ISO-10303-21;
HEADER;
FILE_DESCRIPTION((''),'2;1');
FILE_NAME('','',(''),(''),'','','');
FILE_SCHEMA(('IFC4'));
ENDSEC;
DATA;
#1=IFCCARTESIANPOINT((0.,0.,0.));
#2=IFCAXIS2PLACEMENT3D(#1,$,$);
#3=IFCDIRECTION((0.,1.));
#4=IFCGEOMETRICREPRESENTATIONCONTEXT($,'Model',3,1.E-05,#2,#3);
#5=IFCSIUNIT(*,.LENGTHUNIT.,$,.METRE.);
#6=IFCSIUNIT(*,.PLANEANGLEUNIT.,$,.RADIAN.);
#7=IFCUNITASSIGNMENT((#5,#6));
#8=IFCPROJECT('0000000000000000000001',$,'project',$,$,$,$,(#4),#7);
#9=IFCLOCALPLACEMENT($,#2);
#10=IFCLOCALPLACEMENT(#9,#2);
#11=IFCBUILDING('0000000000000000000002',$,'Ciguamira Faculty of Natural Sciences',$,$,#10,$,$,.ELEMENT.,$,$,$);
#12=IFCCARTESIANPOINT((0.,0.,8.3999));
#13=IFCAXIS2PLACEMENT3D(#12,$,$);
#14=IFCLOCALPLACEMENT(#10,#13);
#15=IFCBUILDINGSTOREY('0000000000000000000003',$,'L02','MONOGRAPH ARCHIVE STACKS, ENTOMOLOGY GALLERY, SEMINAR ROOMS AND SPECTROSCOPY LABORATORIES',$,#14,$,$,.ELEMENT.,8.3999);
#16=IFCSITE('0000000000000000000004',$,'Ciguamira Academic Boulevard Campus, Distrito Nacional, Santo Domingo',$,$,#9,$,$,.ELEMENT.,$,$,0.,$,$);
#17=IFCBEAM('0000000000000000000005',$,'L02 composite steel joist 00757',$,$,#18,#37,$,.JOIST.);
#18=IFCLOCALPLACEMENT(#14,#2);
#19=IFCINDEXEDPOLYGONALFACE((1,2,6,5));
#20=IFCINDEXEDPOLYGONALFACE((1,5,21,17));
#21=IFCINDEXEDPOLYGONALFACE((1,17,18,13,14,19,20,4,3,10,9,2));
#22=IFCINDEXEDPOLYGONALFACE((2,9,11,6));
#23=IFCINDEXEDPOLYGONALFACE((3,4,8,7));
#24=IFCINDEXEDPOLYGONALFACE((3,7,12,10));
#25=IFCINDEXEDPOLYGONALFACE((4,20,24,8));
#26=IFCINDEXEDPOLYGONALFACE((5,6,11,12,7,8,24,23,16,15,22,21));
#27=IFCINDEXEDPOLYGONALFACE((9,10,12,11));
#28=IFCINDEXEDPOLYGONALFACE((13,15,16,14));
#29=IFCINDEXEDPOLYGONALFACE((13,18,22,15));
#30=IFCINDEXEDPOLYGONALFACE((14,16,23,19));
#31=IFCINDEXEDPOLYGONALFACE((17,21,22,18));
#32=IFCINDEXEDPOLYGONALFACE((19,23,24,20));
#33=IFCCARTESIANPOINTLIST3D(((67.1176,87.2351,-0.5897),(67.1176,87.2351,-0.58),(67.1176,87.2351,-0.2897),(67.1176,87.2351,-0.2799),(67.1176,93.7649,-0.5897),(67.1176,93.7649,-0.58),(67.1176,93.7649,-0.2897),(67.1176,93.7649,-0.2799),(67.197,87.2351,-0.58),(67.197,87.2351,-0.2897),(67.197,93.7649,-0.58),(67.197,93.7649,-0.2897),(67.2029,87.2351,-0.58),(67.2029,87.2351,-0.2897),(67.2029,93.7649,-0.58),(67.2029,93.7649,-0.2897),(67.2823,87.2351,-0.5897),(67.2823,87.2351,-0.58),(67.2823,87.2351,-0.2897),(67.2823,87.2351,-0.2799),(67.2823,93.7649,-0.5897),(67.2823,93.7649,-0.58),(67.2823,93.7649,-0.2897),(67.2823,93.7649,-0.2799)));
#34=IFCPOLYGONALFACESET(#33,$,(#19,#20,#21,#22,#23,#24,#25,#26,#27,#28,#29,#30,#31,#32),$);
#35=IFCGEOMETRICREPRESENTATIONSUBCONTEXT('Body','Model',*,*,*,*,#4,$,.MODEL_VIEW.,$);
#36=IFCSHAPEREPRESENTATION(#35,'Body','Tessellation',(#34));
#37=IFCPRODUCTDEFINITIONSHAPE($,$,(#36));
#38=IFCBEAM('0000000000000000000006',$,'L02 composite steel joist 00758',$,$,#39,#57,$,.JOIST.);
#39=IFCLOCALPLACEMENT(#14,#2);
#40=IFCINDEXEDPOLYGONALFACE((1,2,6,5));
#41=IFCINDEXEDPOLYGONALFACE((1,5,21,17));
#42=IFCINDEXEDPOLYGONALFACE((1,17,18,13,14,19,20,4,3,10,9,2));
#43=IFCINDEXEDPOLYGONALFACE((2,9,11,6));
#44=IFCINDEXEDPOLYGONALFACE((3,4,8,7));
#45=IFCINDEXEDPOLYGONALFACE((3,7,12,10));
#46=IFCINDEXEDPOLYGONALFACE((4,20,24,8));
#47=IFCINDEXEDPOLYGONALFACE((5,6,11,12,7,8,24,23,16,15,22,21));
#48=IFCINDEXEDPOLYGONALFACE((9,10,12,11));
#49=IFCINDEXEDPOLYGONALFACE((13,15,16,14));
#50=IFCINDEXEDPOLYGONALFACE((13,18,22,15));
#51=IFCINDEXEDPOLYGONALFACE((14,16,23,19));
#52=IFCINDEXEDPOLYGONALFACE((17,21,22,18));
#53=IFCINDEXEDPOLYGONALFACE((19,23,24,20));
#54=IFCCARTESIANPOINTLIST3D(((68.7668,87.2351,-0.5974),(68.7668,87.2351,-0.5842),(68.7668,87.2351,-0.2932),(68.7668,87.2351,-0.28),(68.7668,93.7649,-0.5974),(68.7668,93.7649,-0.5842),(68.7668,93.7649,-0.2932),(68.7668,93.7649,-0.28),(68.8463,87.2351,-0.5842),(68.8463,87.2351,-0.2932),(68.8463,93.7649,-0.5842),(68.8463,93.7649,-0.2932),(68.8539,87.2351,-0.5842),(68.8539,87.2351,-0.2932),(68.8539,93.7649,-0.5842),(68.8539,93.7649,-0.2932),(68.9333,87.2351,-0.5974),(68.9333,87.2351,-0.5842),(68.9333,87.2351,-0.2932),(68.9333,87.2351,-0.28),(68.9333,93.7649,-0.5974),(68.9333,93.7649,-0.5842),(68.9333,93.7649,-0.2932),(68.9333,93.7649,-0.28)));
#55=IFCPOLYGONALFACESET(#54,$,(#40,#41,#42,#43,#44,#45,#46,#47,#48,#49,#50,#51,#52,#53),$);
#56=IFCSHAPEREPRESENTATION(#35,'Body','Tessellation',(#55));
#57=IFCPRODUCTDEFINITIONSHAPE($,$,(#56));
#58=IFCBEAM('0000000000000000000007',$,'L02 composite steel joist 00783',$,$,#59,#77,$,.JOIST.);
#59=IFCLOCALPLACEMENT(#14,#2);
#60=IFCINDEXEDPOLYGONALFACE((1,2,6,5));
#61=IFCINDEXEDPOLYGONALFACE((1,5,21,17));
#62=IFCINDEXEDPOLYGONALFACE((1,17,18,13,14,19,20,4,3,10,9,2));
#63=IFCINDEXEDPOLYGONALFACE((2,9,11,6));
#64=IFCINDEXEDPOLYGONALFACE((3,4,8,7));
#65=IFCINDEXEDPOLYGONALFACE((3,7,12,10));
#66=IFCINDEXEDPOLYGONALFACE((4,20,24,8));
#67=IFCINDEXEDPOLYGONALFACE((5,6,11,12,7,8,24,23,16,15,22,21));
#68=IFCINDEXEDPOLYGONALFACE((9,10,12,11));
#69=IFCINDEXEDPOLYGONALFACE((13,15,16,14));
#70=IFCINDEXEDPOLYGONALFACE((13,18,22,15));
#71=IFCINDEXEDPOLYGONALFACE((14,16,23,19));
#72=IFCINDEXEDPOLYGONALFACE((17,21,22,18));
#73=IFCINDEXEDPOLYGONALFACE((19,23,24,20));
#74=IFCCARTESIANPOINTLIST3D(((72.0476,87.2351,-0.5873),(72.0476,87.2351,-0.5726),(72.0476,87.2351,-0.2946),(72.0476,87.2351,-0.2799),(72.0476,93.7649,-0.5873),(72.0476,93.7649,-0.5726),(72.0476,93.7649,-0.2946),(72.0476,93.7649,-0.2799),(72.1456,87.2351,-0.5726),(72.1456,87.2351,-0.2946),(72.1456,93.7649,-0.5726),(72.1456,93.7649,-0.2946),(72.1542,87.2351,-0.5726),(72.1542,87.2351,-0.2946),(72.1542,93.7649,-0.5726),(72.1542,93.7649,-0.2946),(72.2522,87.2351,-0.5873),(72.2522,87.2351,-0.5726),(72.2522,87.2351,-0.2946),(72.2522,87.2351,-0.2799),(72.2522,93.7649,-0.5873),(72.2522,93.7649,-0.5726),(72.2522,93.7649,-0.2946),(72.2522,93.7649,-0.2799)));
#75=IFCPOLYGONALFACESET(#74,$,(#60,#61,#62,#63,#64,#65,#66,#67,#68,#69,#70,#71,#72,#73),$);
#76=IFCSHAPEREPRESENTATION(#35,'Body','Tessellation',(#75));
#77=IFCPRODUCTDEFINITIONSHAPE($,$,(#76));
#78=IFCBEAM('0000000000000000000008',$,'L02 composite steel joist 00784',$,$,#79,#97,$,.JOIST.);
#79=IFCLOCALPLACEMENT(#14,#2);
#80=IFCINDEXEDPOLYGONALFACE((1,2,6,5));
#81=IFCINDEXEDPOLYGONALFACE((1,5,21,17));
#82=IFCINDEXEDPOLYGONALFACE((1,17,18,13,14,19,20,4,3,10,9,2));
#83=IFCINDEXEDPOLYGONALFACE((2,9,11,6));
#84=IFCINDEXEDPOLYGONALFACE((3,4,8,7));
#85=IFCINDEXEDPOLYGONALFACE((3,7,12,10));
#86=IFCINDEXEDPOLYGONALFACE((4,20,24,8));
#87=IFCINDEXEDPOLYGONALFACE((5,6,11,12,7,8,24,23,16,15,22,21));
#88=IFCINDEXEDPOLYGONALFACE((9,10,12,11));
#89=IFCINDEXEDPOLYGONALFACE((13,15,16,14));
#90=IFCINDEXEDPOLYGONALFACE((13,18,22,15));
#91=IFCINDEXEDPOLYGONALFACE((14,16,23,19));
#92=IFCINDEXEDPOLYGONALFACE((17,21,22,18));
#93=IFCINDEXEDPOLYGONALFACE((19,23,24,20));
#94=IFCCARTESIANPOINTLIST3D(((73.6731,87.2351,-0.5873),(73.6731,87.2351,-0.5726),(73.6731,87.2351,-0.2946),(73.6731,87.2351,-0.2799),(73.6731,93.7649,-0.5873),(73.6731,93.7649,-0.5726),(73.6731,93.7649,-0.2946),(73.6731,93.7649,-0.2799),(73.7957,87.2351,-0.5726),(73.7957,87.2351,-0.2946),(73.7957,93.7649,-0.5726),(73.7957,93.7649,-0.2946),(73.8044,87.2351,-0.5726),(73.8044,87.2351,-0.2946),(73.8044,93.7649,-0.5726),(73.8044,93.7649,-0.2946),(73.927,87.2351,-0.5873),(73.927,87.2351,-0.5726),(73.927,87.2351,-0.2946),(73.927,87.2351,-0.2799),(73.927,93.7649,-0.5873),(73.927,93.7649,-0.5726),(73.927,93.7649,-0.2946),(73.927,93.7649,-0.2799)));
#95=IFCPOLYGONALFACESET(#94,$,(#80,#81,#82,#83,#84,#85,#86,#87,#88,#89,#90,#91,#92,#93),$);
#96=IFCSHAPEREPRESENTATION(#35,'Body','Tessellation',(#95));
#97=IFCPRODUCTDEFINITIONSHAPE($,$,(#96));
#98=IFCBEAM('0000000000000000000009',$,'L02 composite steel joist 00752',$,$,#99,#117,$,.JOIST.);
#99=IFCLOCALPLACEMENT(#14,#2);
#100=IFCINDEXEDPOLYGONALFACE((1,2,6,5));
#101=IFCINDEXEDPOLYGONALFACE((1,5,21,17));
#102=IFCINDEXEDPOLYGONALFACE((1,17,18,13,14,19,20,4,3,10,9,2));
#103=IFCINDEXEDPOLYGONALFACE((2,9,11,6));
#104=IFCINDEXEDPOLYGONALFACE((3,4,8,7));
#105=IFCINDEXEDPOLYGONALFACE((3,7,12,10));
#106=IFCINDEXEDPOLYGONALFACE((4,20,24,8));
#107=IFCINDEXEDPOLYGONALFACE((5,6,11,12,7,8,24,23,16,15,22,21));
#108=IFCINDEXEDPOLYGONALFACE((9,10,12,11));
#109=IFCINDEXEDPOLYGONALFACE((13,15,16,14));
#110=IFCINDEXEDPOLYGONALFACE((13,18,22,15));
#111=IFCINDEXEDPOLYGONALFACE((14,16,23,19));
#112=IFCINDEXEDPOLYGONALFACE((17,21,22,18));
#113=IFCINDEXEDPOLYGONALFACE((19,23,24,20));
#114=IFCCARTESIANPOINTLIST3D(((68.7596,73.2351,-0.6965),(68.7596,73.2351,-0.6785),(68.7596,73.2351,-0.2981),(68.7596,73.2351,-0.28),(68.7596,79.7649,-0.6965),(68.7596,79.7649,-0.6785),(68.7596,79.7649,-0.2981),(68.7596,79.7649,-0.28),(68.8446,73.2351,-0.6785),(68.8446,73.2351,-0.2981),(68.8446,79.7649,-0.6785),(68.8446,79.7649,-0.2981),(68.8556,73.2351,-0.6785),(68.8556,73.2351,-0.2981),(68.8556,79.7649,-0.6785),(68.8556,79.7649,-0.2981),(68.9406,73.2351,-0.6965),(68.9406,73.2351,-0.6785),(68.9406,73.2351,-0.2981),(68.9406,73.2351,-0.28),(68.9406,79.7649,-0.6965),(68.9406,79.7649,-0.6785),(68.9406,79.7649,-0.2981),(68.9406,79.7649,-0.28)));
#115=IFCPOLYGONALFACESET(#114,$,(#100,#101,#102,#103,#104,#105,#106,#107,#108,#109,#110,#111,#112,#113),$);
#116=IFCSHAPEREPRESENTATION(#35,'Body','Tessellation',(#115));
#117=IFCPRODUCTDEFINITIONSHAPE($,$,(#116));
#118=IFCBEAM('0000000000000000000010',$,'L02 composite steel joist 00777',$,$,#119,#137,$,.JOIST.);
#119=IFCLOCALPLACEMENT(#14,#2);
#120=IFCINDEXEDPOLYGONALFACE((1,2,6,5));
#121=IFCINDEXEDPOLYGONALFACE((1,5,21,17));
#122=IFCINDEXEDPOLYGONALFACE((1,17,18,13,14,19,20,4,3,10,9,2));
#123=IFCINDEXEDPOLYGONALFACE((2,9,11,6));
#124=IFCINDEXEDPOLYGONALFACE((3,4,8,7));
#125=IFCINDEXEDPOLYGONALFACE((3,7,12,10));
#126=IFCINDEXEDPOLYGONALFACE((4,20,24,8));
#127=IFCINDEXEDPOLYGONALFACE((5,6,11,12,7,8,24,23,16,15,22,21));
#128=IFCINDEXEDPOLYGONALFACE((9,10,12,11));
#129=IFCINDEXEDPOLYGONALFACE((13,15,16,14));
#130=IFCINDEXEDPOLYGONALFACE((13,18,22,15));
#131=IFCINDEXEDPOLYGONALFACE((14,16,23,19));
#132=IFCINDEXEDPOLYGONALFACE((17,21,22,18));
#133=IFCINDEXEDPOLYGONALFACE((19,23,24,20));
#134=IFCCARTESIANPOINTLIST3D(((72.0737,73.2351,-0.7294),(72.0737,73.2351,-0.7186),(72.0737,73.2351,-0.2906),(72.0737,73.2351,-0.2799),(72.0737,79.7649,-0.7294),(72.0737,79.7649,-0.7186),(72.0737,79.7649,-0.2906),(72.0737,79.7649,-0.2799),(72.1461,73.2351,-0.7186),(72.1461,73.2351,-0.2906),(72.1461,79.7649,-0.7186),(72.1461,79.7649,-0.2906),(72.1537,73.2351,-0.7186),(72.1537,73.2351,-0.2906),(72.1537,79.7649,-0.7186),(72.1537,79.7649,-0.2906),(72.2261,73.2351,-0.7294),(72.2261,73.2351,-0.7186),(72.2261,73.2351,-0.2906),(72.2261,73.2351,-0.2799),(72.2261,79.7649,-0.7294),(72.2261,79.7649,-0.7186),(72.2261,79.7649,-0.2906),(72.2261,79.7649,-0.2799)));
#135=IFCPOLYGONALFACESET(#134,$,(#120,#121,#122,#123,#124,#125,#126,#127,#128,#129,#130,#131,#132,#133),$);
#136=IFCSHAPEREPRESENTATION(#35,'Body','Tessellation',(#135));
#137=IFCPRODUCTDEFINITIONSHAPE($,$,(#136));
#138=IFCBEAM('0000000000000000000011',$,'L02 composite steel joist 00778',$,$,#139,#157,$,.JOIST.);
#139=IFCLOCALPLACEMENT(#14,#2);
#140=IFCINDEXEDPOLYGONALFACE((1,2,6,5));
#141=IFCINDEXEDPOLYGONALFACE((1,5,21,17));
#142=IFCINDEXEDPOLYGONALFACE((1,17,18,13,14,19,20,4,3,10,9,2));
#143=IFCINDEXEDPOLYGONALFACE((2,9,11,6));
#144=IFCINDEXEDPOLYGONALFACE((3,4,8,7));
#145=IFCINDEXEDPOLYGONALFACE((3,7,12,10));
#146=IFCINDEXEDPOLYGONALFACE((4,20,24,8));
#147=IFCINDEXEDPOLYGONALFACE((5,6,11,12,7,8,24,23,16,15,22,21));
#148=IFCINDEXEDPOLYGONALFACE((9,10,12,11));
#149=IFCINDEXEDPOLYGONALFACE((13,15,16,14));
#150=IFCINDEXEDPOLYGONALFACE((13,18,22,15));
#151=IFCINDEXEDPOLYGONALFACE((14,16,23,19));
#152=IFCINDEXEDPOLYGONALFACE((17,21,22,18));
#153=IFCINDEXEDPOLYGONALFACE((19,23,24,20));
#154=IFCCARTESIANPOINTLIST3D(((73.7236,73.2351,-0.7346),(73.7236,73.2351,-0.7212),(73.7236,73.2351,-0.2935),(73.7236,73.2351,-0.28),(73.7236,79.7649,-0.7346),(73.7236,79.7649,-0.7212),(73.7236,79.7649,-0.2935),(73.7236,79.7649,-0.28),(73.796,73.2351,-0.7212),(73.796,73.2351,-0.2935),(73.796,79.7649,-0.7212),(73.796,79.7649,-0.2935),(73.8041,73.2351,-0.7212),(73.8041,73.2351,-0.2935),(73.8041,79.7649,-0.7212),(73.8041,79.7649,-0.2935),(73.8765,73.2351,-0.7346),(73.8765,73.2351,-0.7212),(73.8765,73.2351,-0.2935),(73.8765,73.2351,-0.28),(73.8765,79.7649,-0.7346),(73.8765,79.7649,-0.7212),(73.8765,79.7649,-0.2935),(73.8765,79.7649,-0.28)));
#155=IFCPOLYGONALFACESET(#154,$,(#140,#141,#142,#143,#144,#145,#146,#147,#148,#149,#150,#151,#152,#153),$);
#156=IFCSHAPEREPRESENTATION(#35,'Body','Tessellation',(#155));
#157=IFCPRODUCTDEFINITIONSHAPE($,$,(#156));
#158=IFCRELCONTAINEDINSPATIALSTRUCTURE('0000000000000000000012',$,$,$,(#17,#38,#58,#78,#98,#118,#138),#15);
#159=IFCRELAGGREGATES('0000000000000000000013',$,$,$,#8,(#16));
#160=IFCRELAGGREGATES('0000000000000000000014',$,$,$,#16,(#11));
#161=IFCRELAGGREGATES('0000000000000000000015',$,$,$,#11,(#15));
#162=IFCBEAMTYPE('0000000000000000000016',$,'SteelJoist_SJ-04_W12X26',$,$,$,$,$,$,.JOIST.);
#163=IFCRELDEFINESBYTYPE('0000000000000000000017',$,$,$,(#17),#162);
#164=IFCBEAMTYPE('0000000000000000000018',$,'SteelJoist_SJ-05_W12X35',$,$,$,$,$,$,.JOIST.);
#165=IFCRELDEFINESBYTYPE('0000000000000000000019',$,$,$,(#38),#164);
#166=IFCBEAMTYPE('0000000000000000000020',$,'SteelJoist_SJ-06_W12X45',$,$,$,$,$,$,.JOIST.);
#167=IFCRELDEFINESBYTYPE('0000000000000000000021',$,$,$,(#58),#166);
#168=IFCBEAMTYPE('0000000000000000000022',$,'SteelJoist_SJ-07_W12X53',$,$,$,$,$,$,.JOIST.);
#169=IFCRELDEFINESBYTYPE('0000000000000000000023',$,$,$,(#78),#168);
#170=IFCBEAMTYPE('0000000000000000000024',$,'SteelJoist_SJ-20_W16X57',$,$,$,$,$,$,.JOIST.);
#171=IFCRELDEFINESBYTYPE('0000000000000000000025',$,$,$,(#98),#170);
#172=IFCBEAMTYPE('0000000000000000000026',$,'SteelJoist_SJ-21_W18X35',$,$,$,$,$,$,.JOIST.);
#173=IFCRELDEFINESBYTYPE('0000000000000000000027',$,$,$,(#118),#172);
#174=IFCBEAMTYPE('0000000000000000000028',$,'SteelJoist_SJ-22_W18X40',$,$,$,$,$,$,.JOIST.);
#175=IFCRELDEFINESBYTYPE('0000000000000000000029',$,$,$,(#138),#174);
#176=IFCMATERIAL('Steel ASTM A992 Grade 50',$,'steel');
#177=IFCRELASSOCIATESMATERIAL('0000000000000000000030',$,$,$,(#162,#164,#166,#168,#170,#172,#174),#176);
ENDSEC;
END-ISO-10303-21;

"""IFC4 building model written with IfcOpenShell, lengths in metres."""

from ifc_helpers import new_model, si_unit, direction, frame, origin, origin_2d, place, context, subcontext, project, spatial, i_section, extrude, material, material_profile, profile_set, type_object, element, save


model = new_model("IFC4")

# Units and contexts
model_context = context("Model", 3, precision=1e-05, world=origin(), true_north=direction((0.0, 1.0)))
body_context = subcontext(model_context, "Body", "Model", "MODEL_VIEW")
ifc_project = project(units=[si_unit("LENGTHUNIT", "METRE"), si_unit("PLANEANGLEUNIT", "RADIAN")], contexts=[model_context])

# Site, building, storey
site_placement = place(None, origin())
site = spatial("IfcSite", under=ifc_project, at=site_placement, Name="Ciguamira Academic Boulevard Campus, Distrito Nacional, Santo Domingo", CompositionType="ELEMENT", RefElevation=0.0)
building_placement = place(site_placement, origin())
building = spatial("IfcBuilding", under=site, at=building_placement, Name="Ciguamira Faculty of Natural Sciences", CompositionType="ELEMENT")
storey_placement = place(building_placement, frame((0.0, 0.0, 8.3999)))
storey = spatial("IfcBuildingStorey", under=building, at=storey_placement, Name="L02", Description="MONOGRAPH ARCHIVE STACKS, ENTOMOLOGY GALLERY, SEMINAR ROOMS AND SPECTROSCOPY LABORATORIES", CompositionType="ELEMENT", Elevation=8.3999)

# Beams
ifc_material_1 = material(Name="Steel ASTM A992 Grade 50", Category="steel")
ifc_material_profile_1 = material_profile(ifc_material_1, i_section(OverallWidth=0.1648, OverallDepth=0.3098, WebThickness=0.0059, FlangeThickness=0.0098, at=origin_2d()), Name="W12X26")
ifc_profile_set_1 = profile_set([ifc_material_profile_1], Name="Steel ASTM A992 Grade 50")
beam_type_1 = type_object("IfcBeamType", Name="SteelJoist_SJ-04_W12X26", PredefinedType="JOIST", material=ifc_profile_set_1)
beam_1_placement = place(storey_placement, frame((67.2, 87.2351, -0.4348), z_axis=(0.0, 1.0, 0.0), x_axis=(-1.0, 0.0, 0.0)))
element("IfcBeam", 1, at=beam_1_placement, inside=storey, type_object=beam_type_1, Name="L02 composite steel joist 00757", PredefinedType="JOIST", context=body_context, shape_type="SweptSolid", body=[
    extrude(i_section(OverallWidth=0.1648, OverallDepth=0.3098, WebThickness=0.0059, FlangeThickness=0.0098, at=origin_2d()), origin(), (0.0, 0.0, 1.0), 6.5298),
])
ifc_material_profile_2 = material_profile(ifc_material_1, i_section(OverallWidth=0.1665, OverallDepth=0.3174, WebThickness=0.0076, FlangeThickness=0.0132, at=origin_2d()), Name="W12X35")
ifc_profile_set_2 = profile_set([ifc_material_profile_2], Name="Steel ASTM A992 Grade 50")
beam_type_2 = type_object("IfcBeamType", Name="SteelJoist_SJ-05_W12X35", PredefinedType="JOIST", material=ifc_profile_set_2)
beam_2_placement = place(storey_placement, frame((68.8501, 87.2351, -0.4387), z_axis=(0.0, 1.0, 0.0), x_axis=(-1.0, 0.0, 0.0)))
element("IfcBeam", 2, at=beam_2_placement, inside=storey, type_object=beam_type_2, Name="L02 composite steel joist 00758", PredefinedType="JOIST", context=body_context, shape_type="SweptSolid", body=[
    extrude(i_section(OverallWidth=0.1665, OverallDepth=0.3174, WebThickness=0.0076, FlangeThickness=0.0132, at=origin_2d()), origin(), (0.0, 0.0, 1.0), 6.5298),
])
ifc_material_profile_3 = material_profile(ifc_material_1, i_section(OverallWidth=0.2046, OverallDepth=0.3074, WebThickness=0.0085, FlangeThickness=0.0146, at=origin_2d()), Name="W12X45")
ifc_profile_set_3 = profile_set([ifc_material_profile_3], Name="Steel ASTM A992 Grade 50")
beam_type_3 = type_object("IfcBeamType", Name="SteelJoist_SJ-06_W12X45", PredefinedType="JOIST", material=ifc_profile_set_3)
beam_3_placement = place(storey_placement, frame((72.1499, 87.2351, -0.4336), z_axis=(0.0, 1.0, 0.0), x_axis=(-1.0, 0.0, 0.0)))
element("IfcBeam", 3, at=beam_3_placement, inside=storey, type_object=beam_type_3, Name="L02 composite steel joist 00783", PredefinedType="JOIST", context=body_context, shape_type="SweptSolid", body=[
    extrude(i_section(OverallWidth=0.2046, OverallDepth=0.3074, WebThickness=0.0085, FlangeThickness=0.0146, at=origin_2d()), origin(), (0.0, 0.0, 1.0), 6.5298),
])
ifc_material_profile_4 = material_profile(ifc_material_1, i_section(OverallWidth=0.2539, OverallDepth=0.3074, WebThickness=0.0088, FlangeThickness=0.0146, at=origin_2d()), Name="W12X53")
ifc_profile_set_4 = profile_set([ifc_material_profile_4], Name="Steel ASTM A992 Grade 50")
beam_type_4 = type_object("IfcBeamType", Name="SteelJoist_SJ-07_W12X53", PredefinedType="JOIST", material=ifc_profile_set_4)
beam_4_placement = place(storey_placement, frame((73.8, 87.2351, -0.4336), z_axis=(0.0, 1.0, 0.0), x_axis=(-1.0, 0.0, 0.0)))
element("IfcBeam", 4, at=beam_4_placement, inside=storey, type_object=beam_type_4, Name="L02 composite steel joist 00784", PredefinedType="JOIST", context=body_context, shape_type="SweptSolid", body=[
    extrude(i_section(OverallWidth=0.2539, OverallDepth=0.3074, WebThickness=0.0088, FlangeThickness=0.0146, at=origin_2d()), origin(), (0.0, 0.0, 1.0), 6.5298),
])
ifc_material_profile_5 = material_profile(ifc_material_1, i_section(OverallWidth=0.1809, OverallDepth=0.4165, WebThickness=0.011, FlangeThickness=0.0181, at=origin_2d()), Name="W16X57")
ifc_profile_set_5 = profile_set([ifc_material_profile_5], Name="Steel ASTM A992 Grade 50")
beam_type_5 = type_object("IfcBeamType", Name="SteelJoist_SJ-20_W16X57", PredefinedType="JOIST", material=ifc_profile_set_5)
beam_5_placement = place(storey_placement, frame((68.8501, 73.2351, -0.4883), z_axis=(0.0, 1.0, 0.0), x_axis=(-1.0, 0.0, 0.0)))
element("IfcBeam", 5, at=beam_5_placement, inside=storey, type_object=beam_type_5, Name="L02 composite steel joist 00752", PredefinedType="JOIST", context=body_context, shape_type="SweptSolid", body=[
    extrude(i_section(OverallWidth=0.1809, OverallDepth=0.4165, WebThickness=0.011, FlangeThickness=0.0181, at=origin_2d()), origin(), (0.0, 0.0, 1.0), 6.5298),
])
ifc_material_profile_6 = material_profile(ifc_material_1, i_section(OverallWidth=0.1523, OverallDepth=0.4495, WebThickness=0.0076, FlangeThickness=0.0107, at=origin_2d()), Name="W18X35")
ifc_profile_set_6 = profile_set([ifc_material_profile_6], Name="Steel ASTM A992 Grade 50")
beam_type_6 = type_object("IfcBeamType", Name="SteelJoist_SJ-21_W18X35", PredefinedType="JOIST", material=ifc_profile_set_6)
beam_6_placement = place(storey_placement, frame((72.1499, 73.2351, -0.5046), z_axis=(0.0, 1.0, 0.0), x_axis=(-1.0, 0.0, 0.0)))
element("IfcBeam", 6, at=beam_6_placement, inside=storey, type_object=beam_type_6, Name="L02 composite steel joist 00777", PredefinedType="JOIST", context=body_context, shape_type="SweptSolid", body=[
    extrude(i_section(OverallWidth=0.1523, OverallDepth=0.4495, WebThickness=0.0076, FlangeThickness=0.0107, at=origin_2d()), origin(), (0.0, 0.0, 1.0), 6.5298),
])
ifc_material_profile_7 = material_profile(ifc_material_1, i_section(OverallWidth=0.1528, OverallDepth=0.4546, WebThickness=0.0081, FlangeThickness=0.0134, at=origin_2d()), Name="W18X40")
ifc_profile_set_7 = profile_set([ifc_material_profile_7], Name="Steel ASTM A992 Grade 50")
beam_type_7 = type_object("IfcBeamType", Name="SteelJoist_SJ-22_W18X40", PredefinedType="JOIST", material=ifc_profile_set_7)
beam_7_placement = place(storey_placement, frame((73.8, 73.2351, -0.5073), z_axis=(0.0, 1.0, 0.0), x_axis=(-1.0, 0.0, 0.0)))
element("IfcBeam", 7, at=beam_7_placement, inside=storey, type_object=beam_type_7, Name="L02 composite steel joist 00778", PredefinedType="JOIST", context=body_context, shape_type="SweptSolid", body=[
    extrude(i_section(OverallWidth=0.1528, OverallDepth=0.4546, WebThickness=0.0081, FlangeThickness=0.0134, at=origin_2d()), origin(), (0.0, 0.0, 1.0), 6.5298),
])

save(model, "model.ifc")
